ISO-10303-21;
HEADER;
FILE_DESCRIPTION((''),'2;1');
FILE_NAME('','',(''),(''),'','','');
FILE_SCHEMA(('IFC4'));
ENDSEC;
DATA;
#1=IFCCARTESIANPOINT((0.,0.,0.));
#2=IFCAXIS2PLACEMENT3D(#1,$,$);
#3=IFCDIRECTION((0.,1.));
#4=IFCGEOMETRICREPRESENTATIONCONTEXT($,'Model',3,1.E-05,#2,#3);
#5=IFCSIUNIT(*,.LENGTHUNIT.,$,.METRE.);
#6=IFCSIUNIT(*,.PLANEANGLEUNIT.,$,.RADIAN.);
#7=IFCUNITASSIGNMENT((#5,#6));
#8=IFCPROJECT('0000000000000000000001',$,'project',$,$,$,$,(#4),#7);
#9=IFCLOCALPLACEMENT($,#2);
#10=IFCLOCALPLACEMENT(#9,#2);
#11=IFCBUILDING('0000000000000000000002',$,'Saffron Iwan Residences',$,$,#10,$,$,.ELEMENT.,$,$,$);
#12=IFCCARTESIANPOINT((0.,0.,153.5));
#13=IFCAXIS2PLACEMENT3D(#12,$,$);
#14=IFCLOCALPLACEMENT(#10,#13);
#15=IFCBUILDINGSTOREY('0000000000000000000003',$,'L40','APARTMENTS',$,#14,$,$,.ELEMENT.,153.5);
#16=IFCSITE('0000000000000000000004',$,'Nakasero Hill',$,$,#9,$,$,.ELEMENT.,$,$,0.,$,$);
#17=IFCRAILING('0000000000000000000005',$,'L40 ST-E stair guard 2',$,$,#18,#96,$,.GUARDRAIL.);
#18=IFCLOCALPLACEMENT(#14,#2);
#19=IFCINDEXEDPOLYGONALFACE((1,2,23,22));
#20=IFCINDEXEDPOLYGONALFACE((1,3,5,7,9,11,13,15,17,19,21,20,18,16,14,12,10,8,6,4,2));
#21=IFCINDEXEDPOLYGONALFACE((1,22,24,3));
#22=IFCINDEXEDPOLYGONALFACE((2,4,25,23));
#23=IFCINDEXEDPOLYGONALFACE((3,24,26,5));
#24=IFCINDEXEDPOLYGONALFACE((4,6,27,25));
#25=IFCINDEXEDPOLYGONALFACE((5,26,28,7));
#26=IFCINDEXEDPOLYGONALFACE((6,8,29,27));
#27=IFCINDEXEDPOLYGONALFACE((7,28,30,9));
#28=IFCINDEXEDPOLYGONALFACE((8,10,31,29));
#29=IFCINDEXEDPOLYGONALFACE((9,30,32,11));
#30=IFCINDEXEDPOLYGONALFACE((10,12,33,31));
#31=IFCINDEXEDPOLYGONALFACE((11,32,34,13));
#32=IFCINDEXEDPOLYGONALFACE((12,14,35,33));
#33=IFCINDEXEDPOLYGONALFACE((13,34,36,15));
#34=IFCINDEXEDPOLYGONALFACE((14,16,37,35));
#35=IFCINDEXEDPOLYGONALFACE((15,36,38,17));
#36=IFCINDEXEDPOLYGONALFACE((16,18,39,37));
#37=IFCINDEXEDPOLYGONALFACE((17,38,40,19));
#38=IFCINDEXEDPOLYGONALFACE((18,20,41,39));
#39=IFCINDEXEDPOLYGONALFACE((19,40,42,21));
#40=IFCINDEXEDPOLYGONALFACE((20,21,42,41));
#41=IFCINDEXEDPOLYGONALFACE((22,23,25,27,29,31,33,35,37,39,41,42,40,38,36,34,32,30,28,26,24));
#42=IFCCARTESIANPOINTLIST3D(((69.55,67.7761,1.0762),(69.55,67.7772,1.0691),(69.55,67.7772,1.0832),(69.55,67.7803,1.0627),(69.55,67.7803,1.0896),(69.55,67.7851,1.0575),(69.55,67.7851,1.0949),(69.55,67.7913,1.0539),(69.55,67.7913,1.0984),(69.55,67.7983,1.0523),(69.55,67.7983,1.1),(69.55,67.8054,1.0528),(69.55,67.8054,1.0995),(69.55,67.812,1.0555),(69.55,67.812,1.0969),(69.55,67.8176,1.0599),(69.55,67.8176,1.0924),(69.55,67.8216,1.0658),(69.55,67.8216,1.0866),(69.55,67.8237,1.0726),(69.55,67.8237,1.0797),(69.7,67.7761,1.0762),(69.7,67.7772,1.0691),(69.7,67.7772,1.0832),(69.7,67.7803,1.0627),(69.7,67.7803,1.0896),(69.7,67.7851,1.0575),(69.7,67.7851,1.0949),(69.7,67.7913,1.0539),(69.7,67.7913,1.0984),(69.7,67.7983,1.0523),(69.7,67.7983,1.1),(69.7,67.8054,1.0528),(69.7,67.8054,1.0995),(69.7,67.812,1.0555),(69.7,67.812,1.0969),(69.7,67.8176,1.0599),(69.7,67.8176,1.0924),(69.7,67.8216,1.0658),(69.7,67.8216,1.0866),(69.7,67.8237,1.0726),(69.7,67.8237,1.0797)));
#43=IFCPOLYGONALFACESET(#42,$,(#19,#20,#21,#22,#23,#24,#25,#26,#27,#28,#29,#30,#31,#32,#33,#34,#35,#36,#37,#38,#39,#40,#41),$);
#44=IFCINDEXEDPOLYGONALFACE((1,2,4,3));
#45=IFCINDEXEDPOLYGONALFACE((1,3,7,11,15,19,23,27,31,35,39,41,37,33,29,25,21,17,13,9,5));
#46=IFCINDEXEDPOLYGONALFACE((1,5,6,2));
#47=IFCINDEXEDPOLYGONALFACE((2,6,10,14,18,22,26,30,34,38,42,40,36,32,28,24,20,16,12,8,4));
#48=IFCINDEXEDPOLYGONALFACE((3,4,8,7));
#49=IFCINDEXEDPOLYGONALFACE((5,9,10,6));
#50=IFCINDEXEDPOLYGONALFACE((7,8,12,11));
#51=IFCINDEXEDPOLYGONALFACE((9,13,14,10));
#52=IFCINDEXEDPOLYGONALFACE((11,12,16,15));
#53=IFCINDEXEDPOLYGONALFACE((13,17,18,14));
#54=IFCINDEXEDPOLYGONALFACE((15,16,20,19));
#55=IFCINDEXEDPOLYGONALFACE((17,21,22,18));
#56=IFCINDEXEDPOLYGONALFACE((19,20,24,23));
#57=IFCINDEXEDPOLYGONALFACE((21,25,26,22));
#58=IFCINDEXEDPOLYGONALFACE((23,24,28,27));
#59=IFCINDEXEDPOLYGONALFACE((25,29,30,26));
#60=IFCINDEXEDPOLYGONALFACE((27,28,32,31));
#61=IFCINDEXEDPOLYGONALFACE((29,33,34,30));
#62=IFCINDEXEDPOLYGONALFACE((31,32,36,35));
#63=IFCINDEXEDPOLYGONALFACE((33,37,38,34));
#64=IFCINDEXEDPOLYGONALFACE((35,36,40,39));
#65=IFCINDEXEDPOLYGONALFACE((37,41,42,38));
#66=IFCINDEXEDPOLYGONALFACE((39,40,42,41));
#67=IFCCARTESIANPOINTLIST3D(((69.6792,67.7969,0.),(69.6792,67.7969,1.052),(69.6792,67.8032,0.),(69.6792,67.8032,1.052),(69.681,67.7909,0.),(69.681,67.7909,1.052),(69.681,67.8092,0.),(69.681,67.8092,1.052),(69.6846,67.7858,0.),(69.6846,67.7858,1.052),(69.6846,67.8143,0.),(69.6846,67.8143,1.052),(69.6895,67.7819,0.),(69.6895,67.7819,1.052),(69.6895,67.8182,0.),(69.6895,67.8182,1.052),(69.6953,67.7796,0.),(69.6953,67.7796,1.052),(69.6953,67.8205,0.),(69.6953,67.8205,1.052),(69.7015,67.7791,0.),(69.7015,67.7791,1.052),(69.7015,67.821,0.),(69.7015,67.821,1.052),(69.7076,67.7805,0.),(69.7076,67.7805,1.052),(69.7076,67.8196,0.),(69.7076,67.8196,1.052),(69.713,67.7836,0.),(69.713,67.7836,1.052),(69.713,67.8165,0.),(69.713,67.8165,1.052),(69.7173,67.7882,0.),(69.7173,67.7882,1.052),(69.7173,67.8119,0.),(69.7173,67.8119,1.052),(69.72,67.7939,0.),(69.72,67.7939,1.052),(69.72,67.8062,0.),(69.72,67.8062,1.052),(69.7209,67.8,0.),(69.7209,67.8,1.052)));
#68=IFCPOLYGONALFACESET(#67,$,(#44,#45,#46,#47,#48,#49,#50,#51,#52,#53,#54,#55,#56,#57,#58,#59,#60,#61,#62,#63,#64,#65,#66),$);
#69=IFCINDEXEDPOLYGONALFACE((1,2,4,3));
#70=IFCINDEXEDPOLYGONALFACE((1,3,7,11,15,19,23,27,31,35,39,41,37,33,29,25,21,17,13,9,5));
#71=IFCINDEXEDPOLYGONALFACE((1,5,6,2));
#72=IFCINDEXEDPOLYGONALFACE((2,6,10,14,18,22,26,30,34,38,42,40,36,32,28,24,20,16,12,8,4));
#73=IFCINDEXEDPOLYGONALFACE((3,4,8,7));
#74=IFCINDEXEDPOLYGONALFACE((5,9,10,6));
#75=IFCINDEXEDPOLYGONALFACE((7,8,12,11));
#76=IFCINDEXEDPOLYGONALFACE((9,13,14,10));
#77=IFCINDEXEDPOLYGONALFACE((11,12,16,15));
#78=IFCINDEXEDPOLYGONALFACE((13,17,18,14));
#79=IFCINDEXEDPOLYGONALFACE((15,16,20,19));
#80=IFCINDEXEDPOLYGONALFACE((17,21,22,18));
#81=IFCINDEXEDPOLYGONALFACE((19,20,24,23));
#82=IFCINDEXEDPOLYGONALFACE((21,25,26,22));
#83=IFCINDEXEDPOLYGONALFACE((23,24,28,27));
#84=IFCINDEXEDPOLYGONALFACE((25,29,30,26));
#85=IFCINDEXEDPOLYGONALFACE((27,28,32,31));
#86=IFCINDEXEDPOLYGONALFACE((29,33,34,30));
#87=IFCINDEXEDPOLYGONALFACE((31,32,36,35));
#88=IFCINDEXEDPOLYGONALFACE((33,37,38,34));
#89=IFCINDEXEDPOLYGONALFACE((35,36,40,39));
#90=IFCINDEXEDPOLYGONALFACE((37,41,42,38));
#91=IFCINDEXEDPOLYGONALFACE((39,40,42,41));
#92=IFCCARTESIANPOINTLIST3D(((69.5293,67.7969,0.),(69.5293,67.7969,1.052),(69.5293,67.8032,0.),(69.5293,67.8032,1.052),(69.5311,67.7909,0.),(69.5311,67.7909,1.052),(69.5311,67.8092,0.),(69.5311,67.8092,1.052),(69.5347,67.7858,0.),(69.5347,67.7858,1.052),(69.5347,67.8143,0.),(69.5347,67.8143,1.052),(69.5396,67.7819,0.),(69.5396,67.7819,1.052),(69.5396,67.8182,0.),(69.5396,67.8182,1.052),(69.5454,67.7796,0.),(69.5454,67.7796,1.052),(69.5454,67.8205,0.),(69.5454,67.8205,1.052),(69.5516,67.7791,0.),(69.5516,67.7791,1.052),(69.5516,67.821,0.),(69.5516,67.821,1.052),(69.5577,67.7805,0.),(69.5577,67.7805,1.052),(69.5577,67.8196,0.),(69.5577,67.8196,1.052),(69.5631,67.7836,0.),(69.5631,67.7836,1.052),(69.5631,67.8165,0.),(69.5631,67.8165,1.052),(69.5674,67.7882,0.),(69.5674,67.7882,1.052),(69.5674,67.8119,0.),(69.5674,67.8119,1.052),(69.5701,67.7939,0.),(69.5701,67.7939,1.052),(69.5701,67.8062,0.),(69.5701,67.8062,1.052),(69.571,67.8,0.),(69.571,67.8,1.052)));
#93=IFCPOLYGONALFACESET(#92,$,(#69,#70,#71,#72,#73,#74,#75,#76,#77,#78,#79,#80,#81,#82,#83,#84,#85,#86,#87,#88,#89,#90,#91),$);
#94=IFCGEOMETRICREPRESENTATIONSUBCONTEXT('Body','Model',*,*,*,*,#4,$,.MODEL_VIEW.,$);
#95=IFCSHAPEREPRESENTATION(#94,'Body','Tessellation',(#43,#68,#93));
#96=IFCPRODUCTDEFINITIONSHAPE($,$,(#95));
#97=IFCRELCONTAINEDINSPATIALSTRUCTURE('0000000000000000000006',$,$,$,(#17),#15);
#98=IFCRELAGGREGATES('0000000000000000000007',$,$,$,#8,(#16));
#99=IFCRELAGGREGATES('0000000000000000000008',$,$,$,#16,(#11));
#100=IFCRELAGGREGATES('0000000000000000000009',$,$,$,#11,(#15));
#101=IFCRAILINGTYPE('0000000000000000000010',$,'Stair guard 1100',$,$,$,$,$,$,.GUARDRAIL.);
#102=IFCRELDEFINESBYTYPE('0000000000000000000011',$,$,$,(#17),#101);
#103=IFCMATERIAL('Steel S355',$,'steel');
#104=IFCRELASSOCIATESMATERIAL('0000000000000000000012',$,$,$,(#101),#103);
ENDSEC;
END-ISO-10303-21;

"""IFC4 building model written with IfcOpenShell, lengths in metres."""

from ifc_helpers import new_model, si_unit, direction, frame, origin, origin_2d, place, context, subcontext, project, spatial, circle, extrude, material, type_object, element, save


model = new_model("IFC4")

# Units and contexts
model_context = context("Model", 3, precision=1e-05, world=origin(), true_north=direction((0.0, 1.0)))
body_context = subcontext(model_context, "Body", "Model", "MODEL_VIEW")
ifc_project = project(units=[si_unit("LENGTHUNIT", "METRE"), si_unit("PLANEANGLEUNIT", "RADIAN")], contexts=[model_context])

# Site, building, storey
site_placement = place(None, origin())
site = spatial("IfcSite", under=ifc_project, at=site_placement, Name="Nakasero Hill", CompositionType="ELEMENT", RefElevation=0.0)
building_placement = place(site_placement, origin())
building = spatial("IfcBuilding", under=site, at=building_placement, Name="Saffron Iwan Residences", CompositionType="ELEMENT")
storey_placement = place(building_placement, frame((0.0, 0.0, 153.5)))
storey = spatial("IfcBuildingStorey", under=building, at=storey_placement, Name="L40", Description="APARTMENTS", CompositionType="ELEMENT", Elevation=153.5)

# Railing
ifc_material_1 = material(Name="Steel S355", Category="steel")
railing_type_1 = type_object("IfcRailingType", Name="Stair guard 1100", PredefinedType="GUARDRAIL", material=ifc_material_1)
railing_1_placement = place(storey_placement, frame((69.7, 67.8, 0.0)))
element("IfcRailing", 1, at=railing_1_placement, inside=storey, type_object=railing_type_1, Name="L40 ST-E stair guard 2", PredefinedType="GUARDRAIL", context=body_context, shape_type="SweptSolid", body=[
    extrude(circle(Radius=0.0239, at=origin_2d()), frame((0.0, 0.0, 1.0762), z_axis=(-1.0, 0.0, 0.0), x_axis=(0.0, -1.0, 0.0)), (0.0, 0.0, 1.0), 0.1499),
    extrude(circle(Radius=0.021, at=origin_2d()), origin(), (0.0, 0.0, 1.0), 1.052),
    extrude(circle(Radius=0.021, at=origin_2d()), frame((-0.1499, 0.0, 0.0)), (0.0, 0.0, 1.0), 1.052),
])

save(model, "model.ifc")
